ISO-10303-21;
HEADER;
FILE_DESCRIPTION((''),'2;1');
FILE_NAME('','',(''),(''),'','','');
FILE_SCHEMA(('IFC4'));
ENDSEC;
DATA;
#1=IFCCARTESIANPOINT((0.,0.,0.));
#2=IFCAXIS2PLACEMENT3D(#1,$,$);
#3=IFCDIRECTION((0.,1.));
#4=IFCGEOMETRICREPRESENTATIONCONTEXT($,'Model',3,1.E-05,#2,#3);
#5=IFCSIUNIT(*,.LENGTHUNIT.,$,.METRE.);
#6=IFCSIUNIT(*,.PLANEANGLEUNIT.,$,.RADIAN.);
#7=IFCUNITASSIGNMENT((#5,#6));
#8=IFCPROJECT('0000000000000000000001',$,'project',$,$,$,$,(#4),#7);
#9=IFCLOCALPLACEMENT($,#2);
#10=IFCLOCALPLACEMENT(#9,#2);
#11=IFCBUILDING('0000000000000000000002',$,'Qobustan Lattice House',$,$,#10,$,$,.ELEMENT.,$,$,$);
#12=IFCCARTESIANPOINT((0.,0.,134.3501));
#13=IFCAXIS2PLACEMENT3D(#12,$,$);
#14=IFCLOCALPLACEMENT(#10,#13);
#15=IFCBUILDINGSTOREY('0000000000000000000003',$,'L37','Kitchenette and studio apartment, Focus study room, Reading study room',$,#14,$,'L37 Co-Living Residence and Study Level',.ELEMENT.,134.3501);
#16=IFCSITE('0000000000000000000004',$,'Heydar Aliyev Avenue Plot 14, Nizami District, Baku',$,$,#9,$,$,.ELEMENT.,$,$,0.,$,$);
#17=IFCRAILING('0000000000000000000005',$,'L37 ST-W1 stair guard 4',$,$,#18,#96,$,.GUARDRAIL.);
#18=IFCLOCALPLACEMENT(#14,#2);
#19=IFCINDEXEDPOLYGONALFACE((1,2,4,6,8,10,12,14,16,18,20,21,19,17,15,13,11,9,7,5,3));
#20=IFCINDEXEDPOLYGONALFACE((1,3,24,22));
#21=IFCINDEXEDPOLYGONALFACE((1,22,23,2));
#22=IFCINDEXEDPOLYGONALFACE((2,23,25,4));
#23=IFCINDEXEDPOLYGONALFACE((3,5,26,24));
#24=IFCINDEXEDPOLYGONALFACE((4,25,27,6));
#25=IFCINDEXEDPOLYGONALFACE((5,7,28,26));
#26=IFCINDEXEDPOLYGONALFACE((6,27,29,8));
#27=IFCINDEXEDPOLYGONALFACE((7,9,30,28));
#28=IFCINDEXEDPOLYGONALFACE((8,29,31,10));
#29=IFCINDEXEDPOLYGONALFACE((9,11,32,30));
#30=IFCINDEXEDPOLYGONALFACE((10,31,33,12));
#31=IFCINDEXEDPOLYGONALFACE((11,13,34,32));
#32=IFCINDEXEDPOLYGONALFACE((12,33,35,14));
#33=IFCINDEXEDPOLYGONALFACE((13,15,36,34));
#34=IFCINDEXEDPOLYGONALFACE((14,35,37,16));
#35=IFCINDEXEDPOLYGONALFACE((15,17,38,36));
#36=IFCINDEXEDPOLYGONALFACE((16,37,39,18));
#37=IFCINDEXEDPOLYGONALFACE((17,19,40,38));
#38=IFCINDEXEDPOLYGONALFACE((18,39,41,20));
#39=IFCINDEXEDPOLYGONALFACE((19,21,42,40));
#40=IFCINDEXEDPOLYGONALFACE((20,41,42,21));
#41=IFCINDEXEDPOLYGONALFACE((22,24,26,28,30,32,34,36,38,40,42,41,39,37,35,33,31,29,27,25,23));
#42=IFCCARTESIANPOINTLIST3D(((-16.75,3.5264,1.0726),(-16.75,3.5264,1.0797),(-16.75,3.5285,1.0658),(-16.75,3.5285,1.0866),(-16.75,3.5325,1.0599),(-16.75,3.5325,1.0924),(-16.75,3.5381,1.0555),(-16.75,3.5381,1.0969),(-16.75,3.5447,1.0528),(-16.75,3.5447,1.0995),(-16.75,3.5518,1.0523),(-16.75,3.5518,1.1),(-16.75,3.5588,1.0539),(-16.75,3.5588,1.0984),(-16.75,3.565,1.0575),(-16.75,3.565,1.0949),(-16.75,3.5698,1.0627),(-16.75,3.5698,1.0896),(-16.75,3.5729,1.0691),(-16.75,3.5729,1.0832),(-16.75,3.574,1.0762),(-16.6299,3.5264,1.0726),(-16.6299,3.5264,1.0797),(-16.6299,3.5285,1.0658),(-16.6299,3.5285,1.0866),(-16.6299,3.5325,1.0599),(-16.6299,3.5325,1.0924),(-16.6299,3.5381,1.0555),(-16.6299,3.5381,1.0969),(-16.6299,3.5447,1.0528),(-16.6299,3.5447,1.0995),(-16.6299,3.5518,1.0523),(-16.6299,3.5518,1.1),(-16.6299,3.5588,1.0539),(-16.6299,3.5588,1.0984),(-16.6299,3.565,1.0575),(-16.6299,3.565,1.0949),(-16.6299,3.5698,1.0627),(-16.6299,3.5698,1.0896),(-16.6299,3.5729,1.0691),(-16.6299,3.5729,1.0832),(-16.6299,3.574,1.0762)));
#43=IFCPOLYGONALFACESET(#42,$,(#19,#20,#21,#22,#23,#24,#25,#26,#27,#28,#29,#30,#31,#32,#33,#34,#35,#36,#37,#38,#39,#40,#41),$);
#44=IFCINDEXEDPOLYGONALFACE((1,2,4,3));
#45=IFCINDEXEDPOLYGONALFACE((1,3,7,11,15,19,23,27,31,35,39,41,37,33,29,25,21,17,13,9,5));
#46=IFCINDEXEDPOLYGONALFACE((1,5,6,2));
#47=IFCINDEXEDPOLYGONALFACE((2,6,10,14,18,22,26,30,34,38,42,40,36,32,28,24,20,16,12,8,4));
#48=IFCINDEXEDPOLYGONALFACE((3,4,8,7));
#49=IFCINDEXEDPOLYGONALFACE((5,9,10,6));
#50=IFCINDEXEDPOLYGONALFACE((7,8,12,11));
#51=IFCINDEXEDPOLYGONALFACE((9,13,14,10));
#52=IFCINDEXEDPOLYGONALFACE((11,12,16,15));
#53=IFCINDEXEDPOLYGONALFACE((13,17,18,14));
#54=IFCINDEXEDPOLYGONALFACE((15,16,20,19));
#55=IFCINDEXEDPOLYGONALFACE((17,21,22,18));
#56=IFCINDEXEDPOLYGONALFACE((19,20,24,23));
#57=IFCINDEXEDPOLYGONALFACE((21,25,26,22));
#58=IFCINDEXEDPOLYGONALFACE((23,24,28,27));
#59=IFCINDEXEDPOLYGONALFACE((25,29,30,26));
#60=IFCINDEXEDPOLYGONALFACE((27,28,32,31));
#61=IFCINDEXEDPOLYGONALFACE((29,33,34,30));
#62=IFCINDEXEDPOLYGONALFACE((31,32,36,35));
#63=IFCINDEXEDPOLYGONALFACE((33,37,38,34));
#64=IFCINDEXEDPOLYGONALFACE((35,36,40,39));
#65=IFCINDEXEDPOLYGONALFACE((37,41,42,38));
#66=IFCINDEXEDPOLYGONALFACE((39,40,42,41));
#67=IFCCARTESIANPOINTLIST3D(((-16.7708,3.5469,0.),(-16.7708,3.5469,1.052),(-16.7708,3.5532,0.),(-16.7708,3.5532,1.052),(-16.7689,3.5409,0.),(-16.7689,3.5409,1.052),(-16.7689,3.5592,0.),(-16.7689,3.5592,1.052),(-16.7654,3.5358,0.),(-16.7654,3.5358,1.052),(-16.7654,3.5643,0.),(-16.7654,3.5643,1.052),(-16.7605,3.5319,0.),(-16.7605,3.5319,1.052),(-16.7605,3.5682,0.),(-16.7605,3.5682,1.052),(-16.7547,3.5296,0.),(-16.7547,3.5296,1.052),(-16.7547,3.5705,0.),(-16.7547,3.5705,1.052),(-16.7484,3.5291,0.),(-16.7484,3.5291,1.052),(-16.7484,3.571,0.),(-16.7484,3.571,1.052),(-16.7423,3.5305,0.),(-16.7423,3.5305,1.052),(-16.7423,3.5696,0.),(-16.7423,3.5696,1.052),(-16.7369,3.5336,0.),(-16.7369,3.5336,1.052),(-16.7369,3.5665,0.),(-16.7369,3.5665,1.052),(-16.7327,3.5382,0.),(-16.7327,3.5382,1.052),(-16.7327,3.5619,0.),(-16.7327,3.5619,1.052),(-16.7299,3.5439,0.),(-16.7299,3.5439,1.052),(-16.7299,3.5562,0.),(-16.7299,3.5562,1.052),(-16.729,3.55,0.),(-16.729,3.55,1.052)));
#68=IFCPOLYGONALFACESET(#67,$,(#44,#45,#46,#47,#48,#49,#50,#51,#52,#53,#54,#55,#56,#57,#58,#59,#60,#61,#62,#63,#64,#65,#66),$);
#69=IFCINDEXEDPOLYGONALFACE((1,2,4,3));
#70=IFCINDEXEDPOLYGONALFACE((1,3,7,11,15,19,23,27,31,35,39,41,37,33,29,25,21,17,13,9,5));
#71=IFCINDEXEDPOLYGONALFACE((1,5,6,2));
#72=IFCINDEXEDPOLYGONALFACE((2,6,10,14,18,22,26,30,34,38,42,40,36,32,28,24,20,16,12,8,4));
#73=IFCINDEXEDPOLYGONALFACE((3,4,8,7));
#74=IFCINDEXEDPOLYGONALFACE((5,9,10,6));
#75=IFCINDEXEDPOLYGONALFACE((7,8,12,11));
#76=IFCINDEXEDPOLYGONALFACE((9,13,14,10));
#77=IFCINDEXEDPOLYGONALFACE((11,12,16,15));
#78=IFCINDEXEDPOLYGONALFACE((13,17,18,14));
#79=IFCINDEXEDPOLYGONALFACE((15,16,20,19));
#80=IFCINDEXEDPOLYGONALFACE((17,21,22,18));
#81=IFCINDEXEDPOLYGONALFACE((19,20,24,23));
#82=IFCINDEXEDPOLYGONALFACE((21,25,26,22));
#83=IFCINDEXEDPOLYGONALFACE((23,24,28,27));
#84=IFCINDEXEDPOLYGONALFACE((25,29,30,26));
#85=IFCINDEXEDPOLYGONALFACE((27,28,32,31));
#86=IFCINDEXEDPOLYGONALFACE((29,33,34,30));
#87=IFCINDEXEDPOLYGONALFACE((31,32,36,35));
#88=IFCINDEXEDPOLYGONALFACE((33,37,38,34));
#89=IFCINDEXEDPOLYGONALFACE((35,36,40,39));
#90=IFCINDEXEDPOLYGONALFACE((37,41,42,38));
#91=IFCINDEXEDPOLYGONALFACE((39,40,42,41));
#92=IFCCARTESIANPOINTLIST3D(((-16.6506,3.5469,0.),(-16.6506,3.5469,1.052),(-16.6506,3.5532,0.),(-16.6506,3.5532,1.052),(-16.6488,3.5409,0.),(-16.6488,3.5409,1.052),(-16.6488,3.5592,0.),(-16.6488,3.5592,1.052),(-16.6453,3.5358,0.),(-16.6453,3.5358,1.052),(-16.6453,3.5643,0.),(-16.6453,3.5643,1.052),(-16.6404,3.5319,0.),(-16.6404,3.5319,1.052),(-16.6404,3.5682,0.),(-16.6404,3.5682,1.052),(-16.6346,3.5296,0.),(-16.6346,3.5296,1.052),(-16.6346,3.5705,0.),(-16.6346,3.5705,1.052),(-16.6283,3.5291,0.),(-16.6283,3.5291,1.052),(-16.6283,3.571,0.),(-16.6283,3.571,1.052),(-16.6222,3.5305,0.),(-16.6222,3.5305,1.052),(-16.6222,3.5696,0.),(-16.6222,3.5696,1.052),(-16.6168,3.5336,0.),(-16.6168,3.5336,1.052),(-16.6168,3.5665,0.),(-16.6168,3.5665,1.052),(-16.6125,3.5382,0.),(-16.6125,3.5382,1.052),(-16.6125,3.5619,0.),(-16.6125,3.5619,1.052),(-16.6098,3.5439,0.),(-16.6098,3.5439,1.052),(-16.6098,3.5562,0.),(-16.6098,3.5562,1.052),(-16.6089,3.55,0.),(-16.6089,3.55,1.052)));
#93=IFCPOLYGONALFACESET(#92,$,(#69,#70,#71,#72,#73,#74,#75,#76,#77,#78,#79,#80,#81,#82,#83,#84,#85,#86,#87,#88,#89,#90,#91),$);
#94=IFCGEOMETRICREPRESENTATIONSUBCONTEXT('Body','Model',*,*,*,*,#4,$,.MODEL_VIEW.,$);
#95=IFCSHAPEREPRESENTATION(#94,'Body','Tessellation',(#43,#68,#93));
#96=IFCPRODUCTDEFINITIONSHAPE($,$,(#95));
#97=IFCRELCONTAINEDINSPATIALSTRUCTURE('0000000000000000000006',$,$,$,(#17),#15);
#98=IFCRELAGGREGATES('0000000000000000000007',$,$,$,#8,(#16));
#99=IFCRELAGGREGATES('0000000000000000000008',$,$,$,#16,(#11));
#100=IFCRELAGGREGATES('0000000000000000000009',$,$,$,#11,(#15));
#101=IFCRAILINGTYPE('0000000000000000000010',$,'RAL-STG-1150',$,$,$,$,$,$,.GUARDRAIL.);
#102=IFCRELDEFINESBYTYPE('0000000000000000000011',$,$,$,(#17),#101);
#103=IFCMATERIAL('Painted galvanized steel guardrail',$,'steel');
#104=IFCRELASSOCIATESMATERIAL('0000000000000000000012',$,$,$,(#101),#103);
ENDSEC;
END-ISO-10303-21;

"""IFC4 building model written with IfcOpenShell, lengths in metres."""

from ifc_helpers import new_model, si_unit, direction, frame, origin, origin_2d, place, context, subcontext, project, spatial, circle, extrude, material, type_object, element, save


model = new_model("IFC4")

# Units and contexts
model_context = context("Model", 3, precision=1e-05, world=origin(), true_north=direction((0.0, 1.0)))
body_context = subcontext(model_context, "Body", "Model", "MODEL_VIEW")
ifc_project = project(units=[si_unit("LENGTHUNIT", "METRE"), si_unit("PLANEANGLEUNIT", "RADIAN")], contexts=[model_context])

# Site, building, storey
site_placement = place(None, origin())
site = spatial("IfcSite", under=ifc_project, at=site_placement, Name="Heydar Aliyev Avenue Plot 14, Nizami District, Baku", CompositionType="ELEMENT", RefElevation=0.0)
building_placement = place(site_placement, origin())
building = spatial("IfcBuilding", under=site, at=building_placement, Name="Qobustan Lattice House", CompositionType="ELEMENT")
storey_placement = place(building_placement, frame((0.0, 0.0, 134.3501)))
storey = spatial("IfcBuildingStorey", under=building, at=storey_placement, Name="L37", Description="Kitchenette and studio apartment, Focus study room, Reading study room", LongName="L37 Co-Living Residence and Study Level", CompositionType="ELEMENT", Elevation=134.3501)

# Railing
ifc_material_1 = material(Name="Painted galvanized steel guardrail", Category="steel")
railing_type_1 = type_object("IfcRailingType", Name="RAL-STG-1150", PredefinedType="GUARDRAIL", material=ifc_material_1)
railing_1_placement = place(storey_placement, frame((-16.75, 3.55, 0.0)))
element("IfcRailing", 1, at=railing_1_placement, inside=storey, type_object=railing_type_1, Name="L37 ST-W1 stair guard 4", PredefinedType="GUARDRAIL", context=body_context, shape_type="SweptSolid", body=[
    extrude(circle(Radius=0.0239, at=origin_2d()), frame((0.0, 0.0, 1.0762), z_axis=(1.0, 0.0, 0.0), x_axis=(0.0, 1.0, 0.0)), (0.0, 0.0, 1.0), 0.1201),
    extrude(circle(Radius=0.021, at=origin_2d()), origin(), (0.0, 0.0, 1.0), 1.052),
    extrude(circle(Radius=0.021, at=origin_2d()), frame((0.1201, 0.0, 0.0)), (0.0, 0.0, 1.0), 1.052),
])

save(model, "model.ifc")
